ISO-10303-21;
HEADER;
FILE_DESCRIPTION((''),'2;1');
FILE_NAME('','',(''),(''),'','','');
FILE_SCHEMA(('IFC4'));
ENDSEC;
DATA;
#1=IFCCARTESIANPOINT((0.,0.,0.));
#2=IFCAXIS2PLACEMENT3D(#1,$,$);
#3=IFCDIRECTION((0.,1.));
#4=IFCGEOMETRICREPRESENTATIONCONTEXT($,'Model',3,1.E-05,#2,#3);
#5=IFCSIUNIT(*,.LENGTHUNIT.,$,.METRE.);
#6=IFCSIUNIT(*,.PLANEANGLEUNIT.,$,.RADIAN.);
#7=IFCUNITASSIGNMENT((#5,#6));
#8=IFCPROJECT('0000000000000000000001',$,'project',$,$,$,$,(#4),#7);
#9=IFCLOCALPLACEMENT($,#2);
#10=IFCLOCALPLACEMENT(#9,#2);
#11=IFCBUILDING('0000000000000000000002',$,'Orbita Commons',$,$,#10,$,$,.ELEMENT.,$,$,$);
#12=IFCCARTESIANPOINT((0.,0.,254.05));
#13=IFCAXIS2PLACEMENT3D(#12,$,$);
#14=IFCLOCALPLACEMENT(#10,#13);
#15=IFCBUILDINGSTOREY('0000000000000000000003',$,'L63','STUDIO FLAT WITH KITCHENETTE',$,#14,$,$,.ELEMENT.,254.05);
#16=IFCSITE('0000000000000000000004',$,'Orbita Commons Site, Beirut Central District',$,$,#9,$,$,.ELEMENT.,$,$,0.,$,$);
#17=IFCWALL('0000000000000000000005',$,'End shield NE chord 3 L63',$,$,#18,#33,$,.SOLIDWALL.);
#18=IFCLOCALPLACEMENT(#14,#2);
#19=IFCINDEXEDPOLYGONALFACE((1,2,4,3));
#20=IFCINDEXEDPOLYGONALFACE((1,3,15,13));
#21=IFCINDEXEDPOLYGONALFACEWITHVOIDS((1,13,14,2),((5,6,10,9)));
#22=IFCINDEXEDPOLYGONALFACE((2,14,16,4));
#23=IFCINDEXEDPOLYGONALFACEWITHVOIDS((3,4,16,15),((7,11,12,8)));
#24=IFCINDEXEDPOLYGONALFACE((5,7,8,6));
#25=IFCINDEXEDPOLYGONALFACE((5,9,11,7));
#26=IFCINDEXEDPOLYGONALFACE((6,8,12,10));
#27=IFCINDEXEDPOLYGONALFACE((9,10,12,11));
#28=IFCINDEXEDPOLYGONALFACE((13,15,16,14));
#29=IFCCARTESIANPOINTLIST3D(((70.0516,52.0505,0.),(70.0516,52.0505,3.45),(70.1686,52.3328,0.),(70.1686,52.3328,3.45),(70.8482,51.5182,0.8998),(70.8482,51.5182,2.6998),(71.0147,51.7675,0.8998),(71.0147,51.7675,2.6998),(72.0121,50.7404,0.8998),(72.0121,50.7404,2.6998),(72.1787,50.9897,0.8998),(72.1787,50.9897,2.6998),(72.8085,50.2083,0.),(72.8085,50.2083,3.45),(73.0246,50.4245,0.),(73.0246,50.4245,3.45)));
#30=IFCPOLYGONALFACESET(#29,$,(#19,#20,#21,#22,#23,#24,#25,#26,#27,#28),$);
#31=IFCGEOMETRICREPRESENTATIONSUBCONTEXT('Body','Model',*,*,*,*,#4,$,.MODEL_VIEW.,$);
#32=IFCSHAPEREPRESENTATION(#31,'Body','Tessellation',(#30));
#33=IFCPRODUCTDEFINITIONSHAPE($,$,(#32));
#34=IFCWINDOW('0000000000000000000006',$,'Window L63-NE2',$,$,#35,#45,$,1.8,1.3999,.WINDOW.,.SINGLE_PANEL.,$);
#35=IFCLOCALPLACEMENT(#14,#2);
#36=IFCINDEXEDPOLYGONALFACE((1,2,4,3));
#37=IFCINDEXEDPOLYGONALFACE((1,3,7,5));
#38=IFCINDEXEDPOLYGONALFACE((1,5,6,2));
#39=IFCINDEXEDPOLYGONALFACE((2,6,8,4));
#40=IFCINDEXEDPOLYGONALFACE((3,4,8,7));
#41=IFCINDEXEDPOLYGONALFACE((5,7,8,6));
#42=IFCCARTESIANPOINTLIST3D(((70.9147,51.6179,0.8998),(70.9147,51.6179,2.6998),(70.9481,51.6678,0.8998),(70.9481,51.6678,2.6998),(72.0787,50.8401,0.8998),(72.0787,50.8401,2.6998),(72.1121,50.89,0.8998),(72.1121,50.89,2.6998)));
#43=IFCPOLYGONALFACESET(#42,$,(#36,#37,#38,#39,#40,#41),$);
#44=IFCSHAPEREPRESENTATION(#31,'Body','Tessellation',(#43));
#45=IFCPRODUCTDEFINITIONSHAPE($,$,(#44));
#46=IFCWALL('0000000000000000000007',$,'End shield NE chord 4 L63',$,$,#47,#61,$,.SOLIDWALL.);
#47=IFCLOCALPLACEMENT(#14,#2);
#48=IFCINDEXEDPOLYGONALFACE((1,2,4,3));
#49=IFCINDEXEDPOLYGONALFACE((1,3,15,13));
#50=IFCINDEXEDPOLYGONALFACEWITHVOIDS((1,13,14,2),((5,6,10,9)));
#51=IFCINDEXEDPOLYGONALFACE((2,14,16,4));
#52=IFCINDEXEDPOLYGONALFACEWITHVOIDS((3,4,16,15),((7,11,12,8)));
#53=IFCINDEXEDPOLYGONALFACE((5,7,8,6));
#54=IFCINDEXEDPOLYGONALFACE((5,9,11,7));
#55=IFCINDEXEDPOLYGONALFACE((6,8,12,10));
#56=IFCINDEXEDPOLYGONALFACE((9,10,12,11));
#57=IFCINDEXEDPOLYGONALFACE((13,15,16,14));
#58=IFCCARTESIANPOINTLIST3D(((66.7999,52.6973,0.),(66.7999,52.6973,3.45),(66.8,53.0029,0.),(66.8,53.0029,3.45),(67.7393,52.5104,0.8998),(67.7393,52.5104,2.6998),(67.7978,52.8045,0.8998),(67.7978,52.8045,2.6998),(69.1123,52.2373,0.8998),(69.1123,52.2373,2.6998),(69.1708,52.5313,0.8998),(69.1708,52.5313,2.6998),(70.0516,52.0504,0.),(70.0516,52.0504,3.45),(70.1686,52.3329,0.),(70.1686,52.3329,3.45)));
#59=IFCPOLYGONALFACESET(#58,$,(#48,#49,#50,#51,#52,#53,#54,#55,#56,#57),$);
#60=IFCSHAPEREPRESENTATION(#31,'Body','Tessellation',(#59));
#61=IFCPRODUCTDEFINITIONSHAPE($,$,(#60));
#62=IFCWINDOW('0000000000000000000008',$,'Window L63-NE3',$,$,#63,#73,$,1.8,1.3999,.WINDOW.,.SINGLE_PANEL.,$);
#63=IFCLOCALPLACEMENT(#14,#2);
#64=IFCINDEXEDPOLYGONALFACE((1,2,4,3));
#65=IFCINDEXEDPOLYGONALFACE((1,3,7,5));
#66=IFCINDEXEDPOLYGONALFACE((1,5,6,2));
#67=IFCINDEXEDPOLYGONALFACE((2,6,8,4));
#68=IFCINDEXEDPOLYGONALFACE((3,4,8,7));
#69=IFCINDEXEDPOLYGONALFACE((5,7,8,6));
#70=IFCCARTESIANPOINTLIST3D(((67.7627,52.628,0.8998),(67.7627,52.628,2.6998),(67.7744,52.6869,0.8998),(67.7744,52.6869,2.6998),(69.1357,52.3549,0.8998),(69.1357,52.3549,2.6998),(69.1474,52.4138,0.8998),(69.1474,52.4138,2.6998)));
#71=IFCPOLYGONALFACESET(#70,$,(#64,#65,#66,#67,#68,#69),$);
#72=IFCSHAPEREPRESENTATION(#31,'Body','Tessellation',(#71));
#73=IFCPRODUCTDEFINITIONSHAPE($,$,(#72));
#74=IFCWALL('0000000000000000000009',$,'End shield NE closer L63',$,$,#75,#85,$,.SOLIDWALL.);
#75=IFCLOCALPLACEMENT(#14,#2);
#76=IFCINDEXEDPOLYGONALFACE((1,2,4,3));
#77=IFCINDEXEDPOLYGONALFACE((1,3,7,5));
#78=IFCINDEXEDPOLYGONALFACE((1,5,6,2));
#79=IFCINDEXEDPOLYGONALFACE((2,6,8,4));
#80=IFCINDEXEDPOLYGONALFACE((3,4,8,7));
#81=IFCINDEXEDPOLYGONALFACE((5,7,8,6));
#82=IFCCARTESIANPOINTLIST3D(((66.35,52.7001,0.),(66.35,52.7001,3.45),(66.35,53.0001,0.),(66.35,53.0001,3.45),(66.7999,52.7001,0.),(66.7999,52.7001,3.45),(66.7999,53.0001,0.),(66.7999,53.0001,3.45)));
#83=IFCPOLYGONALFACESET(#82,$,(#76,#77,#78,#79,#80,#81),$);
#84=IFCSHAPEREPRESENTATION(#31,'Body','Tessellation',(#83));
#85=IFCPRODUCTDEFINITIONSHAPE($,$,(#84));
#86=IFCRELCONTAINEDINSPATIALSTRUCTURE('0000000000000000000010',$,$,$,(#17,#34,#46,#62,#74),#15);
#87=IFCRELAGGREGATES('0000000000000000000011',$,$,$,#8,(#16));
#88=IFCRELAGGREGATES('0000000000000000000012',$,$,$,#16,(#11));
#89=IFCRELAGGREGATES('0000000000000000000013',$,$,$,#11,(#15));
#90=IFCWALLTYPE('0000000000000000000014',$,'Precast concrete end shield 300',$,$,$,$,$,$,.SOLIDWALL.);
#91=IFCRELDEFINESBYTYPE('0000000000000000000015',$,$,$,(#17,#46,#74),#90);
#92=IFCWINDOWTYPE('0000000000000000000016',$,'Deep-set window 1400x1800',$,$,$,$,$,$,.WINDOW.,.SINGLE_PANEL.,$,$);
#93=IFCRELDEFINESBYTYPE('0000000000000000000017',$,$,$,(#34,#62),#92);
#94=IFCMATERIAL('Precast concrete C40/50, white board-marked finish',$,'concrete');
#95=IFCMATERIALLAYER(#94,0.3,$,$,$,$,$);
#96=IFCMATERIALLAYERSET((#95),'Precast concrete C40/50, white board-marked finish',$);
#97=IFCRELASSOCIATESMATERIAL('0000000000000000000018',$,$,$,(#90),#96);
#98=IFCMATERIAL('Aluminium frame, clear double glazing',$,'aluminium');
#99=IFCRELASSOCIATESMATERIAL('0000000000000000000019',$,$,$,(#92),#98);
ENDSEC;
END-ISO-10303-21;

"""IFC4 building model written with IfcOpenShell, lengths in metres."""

from ifc_helpers import new_model, si_unit, direction, frame, frame_2d, origin, place, context, subcontext, project, spatial, polyline, rectangle, outline, extrude, material, layer, layer_set, type_object, element, fill, save


model = new_model("IFC4")

# Units and contexts
model_context = context("Model", 3, precision=1e-05, world=origin(), true_north=direction((0.0, 1.0)))
body_context = subcontext(model_context, "Body", "Model", "MODEL_VIEW")
ifc_project = project(units=[si_unit("LENGTHUNIT", "METRE"), si_unit("PLANEANGLEUNIT", "RADIAN")], contexts=[model_context])

# Site, building, storey
site_placement = place(None, origin())
site = spatial("IfcSite", under=ifc_project, at=site_placement, Name="Orbita Commons Site, Beirut Central District", CompositionType="ELEMENT", RefElevation=0.0)
building_placement = place(site_placement, origin())
building = spatial("IfcBuilding", under=site, at=building_placement, Name="Orbita Commons", CompositionType="ELEMENT")
storey_placement = place(building_placement, frame((0.0, 0.0, 254.05)))
storey = spatial("IfcBuildingStorey", under=building, at=storey_placement, Name="L63", Description="STUDIO FLAT WITH KITCHENETTE", CompositionType="ELEMENT", Elevation=254.05)

# Walls, openings, windows
ifc_material_1 = material(Name="Precast concrete C40/50, white board-marked finish", Category="concrete")
ifc_layer_1 = layer(ifc_material_1, 0.3)
ifc_layer_set_1 = layer_set([ifc_layer_1], Name="Precast concrete C40/50, white board-marked finish")
wall_type_1 = type_object("IfcWallType", Name="Precast concrete end shield 300", PredefinedType="SOLIDWALL", material=ifc_layer_set_1)
wall_1_placement = place(storey_placement, frame((72.9165, 50.3164, 0.0), z_axis=(0.0, 0.0, 1.0), x_axis=(-0.83146, 0.555585, 0.0)))
wall_1 = element("IfcWall", 1, at=wall_1_placement, inside=storey, type_object=wall_type_1, Name="End shield NE chord 3 L63", PredefinedType="SOLIDWALL", context=body_context, shape_type="SweptSolid", body=[
    extrude(outline(polyline([(-0.0298, -0.1499), (3.405, -0.1499), (3.3455, 0.1499), (0.0298, 0.1499), (-0.0298, -0.1499)])), origin(), (0.0, 0.0, 1.0), 3.45),
])
opening_1_placement = place(wall_1_placement, frame((0.9875, 0.0, 0.8999)))
opening_1 = element("IfcOpeningElement", 2, at=opening_1_placement, cuts=wall_1, PredefinedType="OPENING", context=body_context, shape_type="SweptSolid", body=[
    extrude(rectangle(XDim=1.3999, YDim=1.8, at=frame_2d((0.7, 0.8999))), frame((0.0, 0.1599, 0.0), z_axis=(0.0, -1.0, 0.0), x_axis=(1.0, 0.0, 0.0)), (0.0, 0.0, 1.0), 0.3201),
])
ifc_material_2 = material(Name="Aluminium frame, clear double glazing", Category="aluminium")
window_type = type_object("IfcWindowType", Name="Deep-set window 1400x1800", PartitioningType="SINGLE_PANEL", PredefinedType="WINDOW", material=ifc_material_2)
window_1_placement = place(opening_1_placement, origin())
window_1 = element("IfcWindow", 3, at=window_1_placement, inside=storey, type_object=window_type, Name="Window L63-NE2", OverallHeight=1.8, OverallWidth=1.3999, PartitioningType="SINGLE_PANEL", PredefinedType="WINDOW", context=body_context, shape_type="SweptSolid", body=[
    extrude(rectangle(XDim=1.3999, YDim=1.8, at=frame_2d((0.7, 0.8999))), frame((0.0, 0.03, 0.0), z_axis=(0.0, -1.0, 0.0), x_axis=(1.0, 0.0, 0.0)), (0.0, 0.0, 1.0), 0.0601),
])
fill(opening_1, window_1)
wall_2_placement = place(storey_placement, frame((70.1101, 52.1917, 0.0), z_axis=(0.0, 0.0, 1.0), x_axis=(-0.980783, 0.1951, 0.0)))
wall_2 = element("IfcWall", 4, at=wall_2_placement, inside=storey, type_object=wall_type_1, Name="End shield NE chord 4 L63", PredefinedType="SOLIDWALL", context=body_context, shape_type="SweptSolid", body=[
    extrude(outline(polyline([(-0.0298, -0.1499), (3.4048, -0.1499), (3.3452, 0.1499), (0.0298, 0.1499), (-0.0298, -0.1499)])), origin(), (0.0, 0.0, 1.0), 3.45),
])
opening_2_placement = place(wall_2_placement, frame((0.9875, 0.0, 0.8999)))
opening_2 = element("IfcOpeningElement", 5, at=opening_2_placement, cuts=wall_2, PredefinedType="OPENING", context=body_context, shape_type="SweptSolid", body=[
    extrude(rectangle(XDim=1.3999, YDim=1.8, at=frame_2d((0.7, 0.8999))), frame((0.0, 0.1599, 0.0), z_axis=(0.0, -1.0, 0.0), x_axis=(1.0, 0.0, 0.0)), (0.0, 0.0, 1.0), 0.3201),
])
window_2_placement = place(opening_2_placement, origin())
window_2 = element("IfcWindow", 6, at=window_2_placement, inside=storey, type_object=window_type, Name="Window L63-NE3", OverallHeight=1.8, OverallWidth=1.3999, PartitioningType="SINGLE_PANEL", PredefinedType="WINDOW", context=body_context, shape_type="SweptSolid", body=[
    extrude(rectangle(XDim=1.3999, YDim=1.8, at=frame_2d((0.7, 0.8999))), frame((0.0, 0.03, 0.0), z_axis=(0.0, -1.0, 0.0), x_axis=(1.0, 0.0, 0.0)), (0.0, 0.0, 1.0), 0.0601),
])
fill(opening_2, window_2)

# Wall
wall_3_placement = place(storey_placement, frame((66.8, 52.8501, 0.0), z_axis=(0.0, 0.0, 1.0), x_axis=(-1.0, 0.0, 0.0)))
element("IfcWall", 7, at=wall_3_placement, inside=storey, type_object=wall_type_1, Name="End shield NE closer L63", PredefinedType="SOLIDWALL", context=body_context, shape_type="SweptSolid", body=[
    extrude(rectangle(XDim=0.45, YDim=0.3, at=frame_2d((0.2251, 0.0))), origin(), (0.0, 0.0, 1.0), 3.45),
])

save(model, "model.ifc")
